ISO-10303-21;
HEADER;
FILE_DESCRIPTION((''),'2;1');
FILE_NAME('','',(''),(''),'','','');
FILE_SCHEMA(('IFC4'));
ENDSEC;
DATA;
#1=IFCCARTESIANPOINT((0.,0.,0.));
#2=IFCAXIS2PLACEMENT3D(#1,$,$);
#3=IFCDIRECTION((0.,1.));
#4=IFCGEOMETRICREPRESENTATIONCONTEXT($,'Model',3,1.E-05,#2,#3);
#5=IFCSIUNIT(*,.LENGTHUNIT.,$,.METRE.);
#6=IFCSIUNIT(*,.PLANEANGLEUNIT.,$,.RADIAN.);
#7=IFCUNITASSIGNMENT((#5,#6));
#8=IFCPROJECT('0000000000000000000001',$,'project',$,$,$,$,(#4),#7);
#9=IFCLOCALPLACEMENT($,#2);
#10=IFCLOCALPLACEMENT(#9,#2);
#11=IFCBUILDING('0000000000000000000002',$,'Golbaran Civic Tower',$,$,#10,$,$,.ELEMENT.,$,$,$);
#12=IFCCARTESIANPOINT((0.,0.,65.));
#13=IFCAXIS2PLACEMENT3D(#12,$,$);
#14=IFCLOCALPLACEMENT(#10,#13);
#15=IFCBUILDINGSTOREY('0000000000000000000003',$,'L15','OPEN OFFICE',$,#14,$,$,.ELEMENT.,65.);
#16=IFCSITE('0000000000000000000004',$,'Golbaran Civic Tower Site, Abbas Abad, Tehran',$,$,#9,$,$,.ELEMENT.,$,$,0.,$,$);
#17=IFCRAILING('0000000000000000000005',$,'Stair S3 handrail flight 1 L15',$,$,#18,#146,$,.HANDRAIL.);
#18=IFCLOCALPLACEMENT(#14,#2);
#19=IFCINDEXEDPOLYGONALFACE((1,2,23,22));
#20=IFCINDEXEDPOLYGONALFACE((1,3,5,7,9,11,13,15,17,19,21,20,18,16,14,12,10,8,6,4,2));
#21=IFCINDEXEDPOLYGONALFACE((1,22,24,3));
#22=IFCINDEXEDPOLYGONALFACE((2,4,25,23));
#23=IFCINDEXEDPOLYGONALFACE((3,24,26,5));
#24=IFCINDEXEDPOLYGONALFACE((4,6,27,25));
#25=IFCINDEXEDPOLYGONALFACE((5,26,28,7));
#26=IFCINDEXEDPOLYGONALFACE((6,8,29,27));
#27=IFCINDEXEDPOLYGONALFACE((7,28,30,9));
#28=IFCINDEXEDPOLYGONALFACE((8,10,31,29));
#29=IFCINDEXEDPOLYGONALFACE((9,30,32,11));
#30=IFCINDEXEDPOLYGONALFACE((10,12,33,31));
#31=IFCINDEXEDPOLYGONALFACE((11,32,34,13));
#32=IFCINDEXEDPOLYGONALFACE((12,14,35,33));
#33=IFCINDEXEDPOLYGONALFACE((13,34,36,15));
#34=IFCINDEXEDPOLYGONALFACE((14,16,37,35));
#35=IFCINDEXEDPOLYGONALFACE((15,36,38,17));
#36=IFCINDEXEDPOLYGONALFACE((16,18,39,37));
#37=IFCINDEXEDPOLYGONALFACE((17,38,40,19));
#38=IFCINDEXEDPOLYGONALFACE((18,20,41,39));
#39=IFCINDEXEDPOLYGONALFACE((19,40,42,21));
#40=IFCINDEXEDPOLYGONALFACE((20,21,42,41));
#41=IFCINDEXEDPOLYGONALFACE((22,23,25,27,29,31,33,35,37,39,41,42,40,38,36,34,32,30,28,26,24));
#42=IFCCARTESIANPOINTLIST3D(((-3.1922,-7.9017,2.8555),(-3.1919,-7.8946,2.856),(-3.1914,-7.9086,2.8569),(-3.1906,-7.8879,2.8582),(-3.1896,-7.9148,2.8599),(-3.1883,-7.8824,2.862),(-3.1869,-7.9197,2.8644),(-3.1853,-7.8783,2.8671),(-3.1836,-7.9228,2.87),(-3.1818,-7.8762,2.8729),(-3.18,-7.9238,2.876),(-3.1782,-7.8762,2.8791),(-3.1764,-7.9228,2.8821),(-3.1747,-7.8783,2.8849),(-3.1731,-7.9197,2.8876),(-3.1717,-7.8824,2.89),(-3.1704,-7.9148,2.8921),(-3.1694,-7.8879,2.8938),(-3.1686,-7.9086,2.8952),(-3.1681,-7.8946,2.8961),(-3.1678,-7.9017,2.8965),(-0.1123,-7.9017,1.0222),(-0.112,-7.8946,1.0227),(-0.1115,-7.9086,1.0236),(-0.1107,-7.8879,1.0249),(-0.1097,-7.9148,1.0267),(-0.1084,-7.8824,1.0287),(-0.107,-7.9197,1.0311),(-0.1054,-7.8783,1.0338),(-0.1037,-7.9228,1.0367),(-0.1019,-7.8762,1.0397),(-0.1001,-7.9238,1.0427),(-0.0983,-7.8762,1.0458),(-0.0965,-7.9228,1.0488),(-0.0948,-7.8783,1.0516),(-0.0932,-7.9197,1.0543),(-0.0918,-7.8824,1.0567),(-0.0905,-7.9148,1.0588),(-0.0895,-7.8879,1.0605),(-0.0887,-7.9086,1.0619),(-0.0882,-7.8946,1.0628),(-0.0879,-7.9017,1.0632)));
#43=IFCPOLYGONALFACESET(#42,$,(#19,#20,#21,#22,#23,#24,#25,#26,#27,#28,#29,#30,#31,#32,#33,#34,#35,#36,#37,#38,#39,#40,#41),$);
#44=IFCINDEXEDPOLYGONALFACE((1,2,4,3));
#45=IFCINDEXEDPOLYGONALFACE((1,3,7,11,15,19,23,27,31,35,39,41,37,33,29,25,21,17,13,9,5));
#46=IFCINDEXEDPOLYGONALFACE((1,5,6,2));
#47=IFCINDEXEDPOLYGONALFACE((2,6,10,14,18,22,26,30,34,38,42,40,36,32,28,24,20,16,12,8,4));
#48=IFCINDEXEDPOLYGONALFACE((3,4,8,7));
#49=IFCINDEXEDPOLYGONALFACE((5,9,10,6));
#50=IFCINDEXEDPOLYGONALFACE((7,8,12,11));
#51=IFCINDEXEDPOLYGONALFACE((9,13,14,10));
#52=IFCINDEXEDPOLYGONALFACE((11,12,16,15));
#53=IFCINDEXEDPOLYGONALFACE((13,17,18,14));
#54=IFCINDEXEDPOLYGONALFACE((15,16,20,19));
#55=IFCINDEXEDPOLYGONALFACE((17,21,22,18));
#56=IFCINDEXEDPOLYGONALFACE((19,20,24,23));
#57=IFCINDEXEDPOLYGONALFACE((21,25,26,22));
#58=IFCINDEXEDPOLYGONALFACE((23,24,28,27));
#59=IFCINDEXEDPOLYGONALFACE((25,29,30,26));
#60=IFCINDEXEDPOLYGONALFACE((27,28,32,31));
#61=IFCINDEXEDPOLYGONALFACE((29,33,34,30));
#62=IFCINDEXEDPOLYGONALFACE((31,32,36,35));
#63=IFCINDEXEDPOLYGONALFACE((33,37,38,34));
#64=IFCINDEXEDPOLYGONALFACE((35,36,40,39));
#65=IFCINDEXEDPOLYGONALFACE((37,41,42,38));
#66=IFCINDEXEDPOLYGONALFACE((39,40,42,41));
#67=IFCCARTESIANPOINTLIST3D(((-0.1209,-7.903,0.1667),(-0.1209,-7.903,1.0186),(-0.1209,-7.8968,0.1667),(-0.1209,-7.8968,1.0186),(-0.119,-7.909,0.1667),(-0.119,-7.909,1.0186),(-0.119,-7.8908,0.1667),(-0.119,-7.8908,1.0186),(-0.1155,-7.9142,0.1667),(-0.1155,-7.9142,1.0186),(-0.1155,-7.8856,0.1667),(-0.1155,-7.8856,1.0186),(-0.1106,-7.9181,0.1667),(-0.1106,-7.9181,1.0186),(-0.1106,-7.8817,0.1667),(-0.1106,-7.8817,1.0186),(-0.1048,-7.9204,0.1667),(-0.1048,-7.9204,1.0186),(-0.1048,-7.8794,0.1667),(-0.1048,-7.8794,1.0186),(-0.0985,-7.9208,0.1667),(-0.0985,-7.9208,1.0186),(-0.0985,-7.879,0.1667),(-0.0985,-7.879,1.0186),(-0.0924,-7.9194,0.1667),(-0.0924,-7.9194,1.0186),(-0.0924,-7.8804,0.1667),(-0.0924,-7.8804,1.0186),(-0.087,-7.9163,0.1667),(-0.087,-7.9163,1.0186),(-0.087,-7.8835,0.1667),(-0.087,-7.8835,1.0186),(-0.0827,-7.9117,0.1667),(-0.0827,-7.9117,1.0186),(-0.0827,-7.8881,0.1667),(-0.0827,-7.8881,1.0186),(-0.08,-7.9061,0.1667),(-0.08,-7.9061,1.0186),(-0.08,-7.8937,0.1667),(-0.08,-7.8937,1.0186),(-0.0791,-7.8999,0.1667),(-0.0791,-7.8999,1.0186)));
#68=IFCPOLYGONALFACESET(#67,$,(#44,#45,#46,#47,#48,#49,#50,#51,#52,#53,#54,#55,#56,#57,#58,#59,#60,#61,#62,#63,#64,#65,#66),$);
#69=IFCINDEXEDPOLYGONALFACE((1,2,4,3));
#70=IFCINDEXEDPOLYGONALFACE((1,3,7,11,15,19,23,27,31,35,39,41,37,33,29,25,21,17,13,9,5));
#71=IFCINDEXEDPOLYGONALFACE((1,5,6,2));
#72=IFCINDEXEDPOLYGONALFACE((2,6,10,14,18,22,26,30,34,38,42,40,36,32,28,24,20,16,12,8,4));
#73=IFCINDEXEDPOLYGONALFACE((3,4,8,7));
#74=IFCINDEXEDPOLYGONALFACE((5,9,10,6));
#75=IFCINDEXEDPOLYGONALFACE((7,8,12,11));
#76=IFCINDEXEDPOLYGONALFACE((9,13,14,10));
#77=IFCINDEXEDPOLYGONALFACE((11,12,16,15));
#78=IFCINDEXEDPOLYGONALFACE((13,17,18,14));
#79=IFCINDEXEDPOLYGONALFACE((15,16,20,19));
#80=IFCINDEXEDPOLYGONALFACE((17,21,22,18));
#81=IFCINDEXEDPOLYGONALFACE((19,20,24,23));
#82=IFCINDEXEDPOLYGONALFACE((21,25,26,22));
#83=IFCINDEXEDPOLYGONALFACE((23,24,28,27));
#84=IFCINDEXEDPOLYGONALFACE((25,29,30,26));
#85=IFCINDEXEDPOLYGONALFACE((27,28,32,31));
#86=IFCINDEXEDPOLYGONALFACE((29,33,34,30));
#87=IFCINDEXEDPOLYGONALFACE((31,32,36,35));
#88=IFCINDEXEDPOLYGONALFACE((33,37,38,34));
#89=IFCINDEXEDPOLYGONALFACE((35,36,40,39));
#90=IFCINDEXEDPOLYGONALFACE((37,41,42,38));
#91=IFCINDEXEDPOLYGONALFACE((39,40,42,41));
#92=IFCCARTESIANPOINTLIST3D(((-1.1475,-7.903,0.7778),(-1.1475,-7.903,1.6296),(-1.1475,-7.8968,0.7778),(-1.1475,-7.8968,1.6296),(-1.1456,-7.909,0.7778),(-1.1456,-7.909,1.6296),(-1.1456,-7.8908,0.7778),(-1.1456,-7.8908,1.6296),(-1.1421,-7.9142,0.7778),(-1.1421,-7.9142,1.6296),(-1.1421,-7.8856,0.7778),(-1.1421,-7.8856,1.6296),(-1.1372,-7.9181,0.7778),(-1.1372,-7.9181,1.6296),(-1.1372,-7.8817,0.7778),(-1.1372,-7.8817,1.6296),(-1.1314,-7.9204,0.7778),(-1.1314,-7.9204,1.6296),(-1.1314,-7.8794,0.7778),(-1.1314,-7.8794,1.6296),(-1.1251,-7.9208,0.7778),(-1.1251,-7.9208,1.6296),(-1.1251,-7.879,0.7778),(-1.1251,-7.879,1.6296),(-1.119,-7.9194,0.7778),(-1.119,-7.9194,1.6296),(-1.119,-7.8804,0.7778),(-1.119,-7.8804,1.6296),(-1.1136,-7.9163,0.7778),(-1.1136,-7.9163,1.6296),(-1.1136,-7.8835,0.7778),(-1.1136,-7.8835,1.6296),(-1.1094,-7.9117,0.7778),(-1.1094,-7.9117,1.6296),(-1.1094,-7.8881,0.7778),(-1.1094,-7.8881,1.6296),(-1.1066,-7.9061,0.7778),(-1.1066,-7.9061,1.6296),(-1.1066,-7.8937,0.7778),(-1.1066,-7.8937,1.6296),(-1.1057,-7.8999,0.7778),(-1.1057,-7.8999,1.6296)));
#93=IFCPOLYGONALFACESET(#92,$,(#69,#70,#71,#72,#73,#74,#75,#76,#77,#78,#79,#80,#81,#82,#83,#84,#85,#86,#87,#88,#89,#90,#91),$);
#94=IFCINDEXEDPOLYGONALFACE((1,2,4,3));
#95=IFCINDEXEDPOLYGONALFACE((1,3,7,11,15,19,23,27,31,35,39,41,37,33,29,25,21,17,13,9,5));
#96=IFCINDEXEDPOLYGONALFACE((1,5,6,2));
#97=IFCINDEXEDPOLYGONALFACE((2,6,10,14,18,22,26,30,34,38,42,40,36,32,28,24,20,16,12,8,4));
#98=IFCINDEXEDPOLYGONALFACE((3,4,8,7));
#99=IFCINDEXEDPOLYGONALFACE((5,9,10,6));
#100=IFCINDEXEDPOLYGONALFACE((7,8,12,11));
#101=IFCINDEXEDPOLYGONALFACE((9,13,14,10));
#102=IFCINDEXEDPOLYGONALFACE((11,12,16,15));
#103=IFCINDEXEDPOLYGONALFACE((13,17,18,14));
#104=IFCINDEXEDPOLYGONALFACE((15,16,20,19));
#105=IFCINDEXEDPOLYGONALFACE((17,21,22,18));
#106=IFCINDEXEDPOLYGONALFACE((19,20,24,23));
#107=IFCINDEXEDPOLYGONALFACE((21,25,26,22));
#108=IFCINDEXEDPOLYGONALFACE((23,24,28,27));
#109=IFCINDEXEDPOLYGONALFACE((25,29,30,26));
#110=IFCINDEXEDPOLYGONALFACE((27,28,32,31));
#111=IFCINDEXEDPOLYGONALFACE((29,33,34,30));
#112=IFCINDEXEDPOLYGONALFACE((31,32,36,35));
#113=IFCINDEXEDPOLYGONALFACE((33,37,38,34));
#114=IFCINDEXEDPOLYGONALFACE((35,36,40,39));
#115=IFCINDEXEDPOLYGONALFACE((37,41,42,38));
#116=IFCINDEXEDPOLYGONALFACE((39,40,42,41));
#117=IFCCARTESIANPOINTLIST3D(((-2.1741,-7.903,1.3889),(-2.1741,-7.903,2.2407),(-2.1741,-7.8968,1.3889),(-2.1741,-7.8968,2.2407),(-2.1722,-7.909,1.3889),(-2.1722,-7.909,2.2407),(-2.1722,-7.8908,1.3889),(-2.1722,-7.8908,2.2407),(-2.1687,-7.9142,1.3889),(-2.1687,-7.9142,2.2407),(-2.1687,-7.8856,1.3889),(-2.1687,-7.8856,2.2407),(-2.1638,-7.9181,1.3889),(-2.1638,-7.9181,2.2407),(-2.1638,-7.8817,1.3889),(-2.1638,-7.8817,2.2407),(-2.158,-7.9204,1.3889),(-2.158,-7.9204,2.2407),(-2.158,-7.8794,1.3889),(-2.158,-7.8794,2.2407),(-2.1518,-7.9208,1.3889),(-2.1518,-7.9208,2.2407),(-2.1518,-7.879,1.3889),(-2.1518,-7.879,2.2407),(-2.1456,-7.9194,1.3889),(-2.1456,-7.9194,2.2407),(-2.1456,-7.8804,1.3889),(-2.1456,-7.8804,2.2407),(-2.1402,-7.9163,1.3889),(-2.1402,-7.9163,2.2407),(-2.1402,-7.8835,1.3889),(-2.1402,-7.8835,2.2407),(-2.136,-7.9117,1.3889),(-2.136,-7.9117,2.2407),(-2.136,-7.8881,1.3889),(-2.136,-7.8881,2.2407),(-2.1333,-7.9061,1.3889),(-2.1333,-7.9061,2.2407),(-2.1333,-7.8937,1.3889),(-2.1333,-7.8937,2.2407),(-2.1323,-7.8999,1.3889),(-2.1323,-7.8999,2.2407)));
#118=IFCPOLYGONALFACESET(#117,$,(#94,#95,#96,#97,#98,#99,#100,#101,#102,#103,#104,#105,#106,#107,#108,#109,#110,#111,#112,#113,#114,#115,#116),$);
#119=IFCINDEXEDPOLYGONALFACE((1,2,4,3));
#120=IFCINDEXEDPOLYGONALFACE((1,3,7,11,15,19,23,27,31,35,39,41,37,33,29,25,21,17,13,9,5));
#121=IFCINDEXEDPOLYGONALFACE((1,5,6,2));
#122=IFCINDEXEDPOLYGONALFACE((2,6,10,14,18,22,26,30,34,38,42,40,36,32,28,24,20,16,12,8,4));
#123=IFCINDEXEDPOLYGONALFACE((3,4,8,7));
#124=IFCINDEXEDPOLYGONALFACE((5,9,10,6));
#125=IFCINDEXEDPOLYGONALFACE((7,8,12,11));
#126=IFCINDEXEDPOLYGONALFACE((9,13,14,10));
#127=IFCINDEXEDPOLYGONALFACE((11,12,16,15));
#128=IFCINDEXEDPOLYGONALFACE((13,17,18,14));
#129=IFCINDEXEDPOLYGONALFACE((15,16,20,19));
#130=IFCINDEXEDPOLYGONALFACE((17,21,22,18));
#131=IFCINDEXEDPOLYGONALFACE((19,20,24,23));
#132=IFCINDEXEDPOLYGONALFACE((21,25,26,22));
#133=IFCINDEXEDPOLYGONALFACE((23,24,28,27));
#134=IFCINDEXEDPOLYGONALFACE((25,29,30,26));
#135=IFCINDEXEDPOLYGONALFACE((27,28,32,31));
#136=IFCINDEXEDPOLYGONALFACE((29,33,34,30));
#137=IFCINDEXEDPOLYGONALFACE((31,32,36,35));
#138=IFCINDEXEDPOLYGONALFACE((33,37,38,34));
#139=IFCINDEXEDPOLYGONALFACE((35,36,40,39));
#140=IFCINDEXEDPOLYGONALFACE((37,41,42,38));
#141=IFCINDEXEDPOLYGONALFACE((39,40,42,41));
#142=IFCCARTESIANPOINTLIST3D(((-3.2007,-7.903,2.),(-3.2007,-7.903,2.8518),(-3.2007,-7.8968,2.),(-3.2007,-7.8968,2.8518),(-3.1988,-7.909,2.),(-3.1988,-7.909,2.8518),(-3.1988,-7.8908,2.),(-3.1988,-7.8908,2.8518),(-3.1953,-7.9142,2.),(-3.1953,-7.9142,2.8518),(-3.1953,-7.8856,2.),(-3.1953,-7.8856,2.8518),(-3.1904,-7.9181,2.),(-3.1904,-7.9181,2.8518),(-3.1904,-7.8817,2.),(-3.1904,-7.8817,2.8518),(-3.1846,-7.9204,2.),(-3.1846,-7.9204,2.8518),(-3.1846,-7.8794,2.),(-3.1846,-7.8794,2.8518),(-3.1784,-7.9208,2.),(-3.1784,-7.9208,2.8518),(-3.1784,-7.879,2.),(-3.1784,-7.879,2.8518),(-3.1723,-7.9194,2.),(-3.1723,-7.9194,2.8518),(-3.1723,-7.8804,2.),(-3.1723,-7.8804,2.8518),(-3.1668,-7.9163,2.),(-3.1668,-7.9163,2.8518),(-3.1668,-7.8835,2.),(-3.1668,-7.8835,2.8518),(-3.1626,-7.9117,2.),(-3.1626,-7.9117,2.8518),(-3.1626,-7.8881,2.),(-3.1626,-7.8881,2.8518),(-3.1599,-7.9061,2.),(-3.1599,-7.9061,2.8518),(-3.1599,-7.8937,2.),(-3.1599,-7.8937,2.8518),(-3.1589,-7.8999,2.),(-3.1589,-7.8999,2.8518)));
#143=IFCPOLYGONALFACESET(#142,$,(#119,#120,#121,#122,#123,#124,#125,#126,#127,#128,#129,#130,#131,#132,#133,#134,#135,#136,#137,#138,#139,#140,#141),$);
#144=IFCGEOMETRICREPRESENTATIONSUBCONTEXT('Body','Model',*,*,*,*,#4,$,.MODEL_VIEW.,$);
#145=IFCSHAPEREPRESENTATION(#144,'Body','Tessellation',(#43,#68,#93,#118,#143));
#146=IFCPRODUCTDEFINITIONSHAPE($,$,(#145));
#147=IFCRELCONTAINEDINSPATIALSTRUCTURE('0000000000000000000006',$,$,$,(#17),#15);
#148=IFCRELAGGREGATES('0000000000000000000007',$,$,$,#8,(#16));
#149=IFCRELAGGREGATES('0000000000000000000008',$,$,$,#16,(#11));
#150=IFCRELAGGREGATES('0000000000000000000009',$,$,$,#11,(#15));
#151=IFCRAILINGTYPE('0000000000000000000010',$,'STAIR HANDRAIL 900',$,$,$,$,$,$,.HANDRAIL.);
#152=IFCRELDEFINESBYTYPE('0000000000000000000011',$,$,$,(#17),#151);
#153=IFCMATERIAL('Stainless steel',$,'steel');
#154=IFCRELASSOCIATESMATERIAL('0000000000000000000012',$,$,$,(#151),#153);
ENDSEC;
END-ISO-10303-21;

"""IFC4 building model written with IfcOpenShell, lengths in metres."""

from ifc_helpers import new_model, si_unit, direction, frame, origin, origin_2d, place, context, subcontext, project, spatial, circle, extrude, material, type_object, element, save


model = new_model("IFC4")

# Units and contexts
model_context = context("Model", 3, precision=1e-05, world=origin(), true_north=direction((0.0, 1.0)))
body_context = subcontext(model_context, "Body", "Model", "MODEL_VIEW")
ifc_project = project(units=[si_unit("LENGTHUNIT", "METRE"), si_unit("PLANEANGLEUNIT", "RADIAN")], contexts=[model_context])

# Site, building, storey
site_placement = place(None, origin())
site = spatial("IfcSite", under=ifc_project, at=site_placement, Name="Golbaran Civic Tower Site, Abbas Abad, Tehran", CompositionType="ELEMENT", RefElevation=0.0)
building_placement = place(site_placement, origin())
building = spatial("IfcBuilding", under=site, at=building_placement, Name="Golbaran Civic Tower", CompositionType="ELEMENT")
storey_placement = place(building_placement, frame((0.0, 0.0, 65.0)))
storey = spatial("IfcBuildingStorey", under=building, at=storey_placement, Name="L15", Description="OPEN OFFICE", CompositionType="ELEMENT", Elevation=65.0)

# Shared definitions
ifc_material_1 = material(Name="Stainless steel", Category="steel")

# Railing
railing_type = type_object("IfcRailingType", Name="STAIR HANDRAIL 900", PredefinedType="HANDRAIL", material=ifc_material_1)
railing_1_placement = place(storey_placement, frame((-0.1001, -7.8999, 0.1667)))
element("IfcRailing", 1, at=railing_1_placement, inside=storey, type_object=railing_type, Name="Stair S3 handrail flight 1 L15", PredefinedType="HANDRAIL", context=body_context, shape_type="SweptSolid", body=[
    extrude(circle(Radius=0.0239, at=origin_2d()), frame((0.0, 0.0, 0.876), z_axis=(-0.859291, 0.0, 0.511487), x_axis=(0.0, -1.0, 0.0)), (0.0, 0.0, 1.0), 3.5842),
    extrude(circle(Radius=0.021, at=origin_2d()), origin(), (0.0, 0.0, 1.0), 0.8518),
    extrude(circle(Radius=0.021, at=origin_2d()), frame((-1.0266, 0.0, 0.6111)), (0.0, 0.0, 1.0), 0.8518),
    extrude(circle(Radius=0.021, at=origin_2d()), frame((-2.0532, 0.0, 1.2222)), (0.0, 0.0, 1.0), 0.8518),
    extrude(circle(Radius=0.021, at=origin_2d()), frame((-3.0798, 0.0, 1.8333)), (0.0, 0.0, 1.0), 0.8518),
])

save(model, "model.ifc")
